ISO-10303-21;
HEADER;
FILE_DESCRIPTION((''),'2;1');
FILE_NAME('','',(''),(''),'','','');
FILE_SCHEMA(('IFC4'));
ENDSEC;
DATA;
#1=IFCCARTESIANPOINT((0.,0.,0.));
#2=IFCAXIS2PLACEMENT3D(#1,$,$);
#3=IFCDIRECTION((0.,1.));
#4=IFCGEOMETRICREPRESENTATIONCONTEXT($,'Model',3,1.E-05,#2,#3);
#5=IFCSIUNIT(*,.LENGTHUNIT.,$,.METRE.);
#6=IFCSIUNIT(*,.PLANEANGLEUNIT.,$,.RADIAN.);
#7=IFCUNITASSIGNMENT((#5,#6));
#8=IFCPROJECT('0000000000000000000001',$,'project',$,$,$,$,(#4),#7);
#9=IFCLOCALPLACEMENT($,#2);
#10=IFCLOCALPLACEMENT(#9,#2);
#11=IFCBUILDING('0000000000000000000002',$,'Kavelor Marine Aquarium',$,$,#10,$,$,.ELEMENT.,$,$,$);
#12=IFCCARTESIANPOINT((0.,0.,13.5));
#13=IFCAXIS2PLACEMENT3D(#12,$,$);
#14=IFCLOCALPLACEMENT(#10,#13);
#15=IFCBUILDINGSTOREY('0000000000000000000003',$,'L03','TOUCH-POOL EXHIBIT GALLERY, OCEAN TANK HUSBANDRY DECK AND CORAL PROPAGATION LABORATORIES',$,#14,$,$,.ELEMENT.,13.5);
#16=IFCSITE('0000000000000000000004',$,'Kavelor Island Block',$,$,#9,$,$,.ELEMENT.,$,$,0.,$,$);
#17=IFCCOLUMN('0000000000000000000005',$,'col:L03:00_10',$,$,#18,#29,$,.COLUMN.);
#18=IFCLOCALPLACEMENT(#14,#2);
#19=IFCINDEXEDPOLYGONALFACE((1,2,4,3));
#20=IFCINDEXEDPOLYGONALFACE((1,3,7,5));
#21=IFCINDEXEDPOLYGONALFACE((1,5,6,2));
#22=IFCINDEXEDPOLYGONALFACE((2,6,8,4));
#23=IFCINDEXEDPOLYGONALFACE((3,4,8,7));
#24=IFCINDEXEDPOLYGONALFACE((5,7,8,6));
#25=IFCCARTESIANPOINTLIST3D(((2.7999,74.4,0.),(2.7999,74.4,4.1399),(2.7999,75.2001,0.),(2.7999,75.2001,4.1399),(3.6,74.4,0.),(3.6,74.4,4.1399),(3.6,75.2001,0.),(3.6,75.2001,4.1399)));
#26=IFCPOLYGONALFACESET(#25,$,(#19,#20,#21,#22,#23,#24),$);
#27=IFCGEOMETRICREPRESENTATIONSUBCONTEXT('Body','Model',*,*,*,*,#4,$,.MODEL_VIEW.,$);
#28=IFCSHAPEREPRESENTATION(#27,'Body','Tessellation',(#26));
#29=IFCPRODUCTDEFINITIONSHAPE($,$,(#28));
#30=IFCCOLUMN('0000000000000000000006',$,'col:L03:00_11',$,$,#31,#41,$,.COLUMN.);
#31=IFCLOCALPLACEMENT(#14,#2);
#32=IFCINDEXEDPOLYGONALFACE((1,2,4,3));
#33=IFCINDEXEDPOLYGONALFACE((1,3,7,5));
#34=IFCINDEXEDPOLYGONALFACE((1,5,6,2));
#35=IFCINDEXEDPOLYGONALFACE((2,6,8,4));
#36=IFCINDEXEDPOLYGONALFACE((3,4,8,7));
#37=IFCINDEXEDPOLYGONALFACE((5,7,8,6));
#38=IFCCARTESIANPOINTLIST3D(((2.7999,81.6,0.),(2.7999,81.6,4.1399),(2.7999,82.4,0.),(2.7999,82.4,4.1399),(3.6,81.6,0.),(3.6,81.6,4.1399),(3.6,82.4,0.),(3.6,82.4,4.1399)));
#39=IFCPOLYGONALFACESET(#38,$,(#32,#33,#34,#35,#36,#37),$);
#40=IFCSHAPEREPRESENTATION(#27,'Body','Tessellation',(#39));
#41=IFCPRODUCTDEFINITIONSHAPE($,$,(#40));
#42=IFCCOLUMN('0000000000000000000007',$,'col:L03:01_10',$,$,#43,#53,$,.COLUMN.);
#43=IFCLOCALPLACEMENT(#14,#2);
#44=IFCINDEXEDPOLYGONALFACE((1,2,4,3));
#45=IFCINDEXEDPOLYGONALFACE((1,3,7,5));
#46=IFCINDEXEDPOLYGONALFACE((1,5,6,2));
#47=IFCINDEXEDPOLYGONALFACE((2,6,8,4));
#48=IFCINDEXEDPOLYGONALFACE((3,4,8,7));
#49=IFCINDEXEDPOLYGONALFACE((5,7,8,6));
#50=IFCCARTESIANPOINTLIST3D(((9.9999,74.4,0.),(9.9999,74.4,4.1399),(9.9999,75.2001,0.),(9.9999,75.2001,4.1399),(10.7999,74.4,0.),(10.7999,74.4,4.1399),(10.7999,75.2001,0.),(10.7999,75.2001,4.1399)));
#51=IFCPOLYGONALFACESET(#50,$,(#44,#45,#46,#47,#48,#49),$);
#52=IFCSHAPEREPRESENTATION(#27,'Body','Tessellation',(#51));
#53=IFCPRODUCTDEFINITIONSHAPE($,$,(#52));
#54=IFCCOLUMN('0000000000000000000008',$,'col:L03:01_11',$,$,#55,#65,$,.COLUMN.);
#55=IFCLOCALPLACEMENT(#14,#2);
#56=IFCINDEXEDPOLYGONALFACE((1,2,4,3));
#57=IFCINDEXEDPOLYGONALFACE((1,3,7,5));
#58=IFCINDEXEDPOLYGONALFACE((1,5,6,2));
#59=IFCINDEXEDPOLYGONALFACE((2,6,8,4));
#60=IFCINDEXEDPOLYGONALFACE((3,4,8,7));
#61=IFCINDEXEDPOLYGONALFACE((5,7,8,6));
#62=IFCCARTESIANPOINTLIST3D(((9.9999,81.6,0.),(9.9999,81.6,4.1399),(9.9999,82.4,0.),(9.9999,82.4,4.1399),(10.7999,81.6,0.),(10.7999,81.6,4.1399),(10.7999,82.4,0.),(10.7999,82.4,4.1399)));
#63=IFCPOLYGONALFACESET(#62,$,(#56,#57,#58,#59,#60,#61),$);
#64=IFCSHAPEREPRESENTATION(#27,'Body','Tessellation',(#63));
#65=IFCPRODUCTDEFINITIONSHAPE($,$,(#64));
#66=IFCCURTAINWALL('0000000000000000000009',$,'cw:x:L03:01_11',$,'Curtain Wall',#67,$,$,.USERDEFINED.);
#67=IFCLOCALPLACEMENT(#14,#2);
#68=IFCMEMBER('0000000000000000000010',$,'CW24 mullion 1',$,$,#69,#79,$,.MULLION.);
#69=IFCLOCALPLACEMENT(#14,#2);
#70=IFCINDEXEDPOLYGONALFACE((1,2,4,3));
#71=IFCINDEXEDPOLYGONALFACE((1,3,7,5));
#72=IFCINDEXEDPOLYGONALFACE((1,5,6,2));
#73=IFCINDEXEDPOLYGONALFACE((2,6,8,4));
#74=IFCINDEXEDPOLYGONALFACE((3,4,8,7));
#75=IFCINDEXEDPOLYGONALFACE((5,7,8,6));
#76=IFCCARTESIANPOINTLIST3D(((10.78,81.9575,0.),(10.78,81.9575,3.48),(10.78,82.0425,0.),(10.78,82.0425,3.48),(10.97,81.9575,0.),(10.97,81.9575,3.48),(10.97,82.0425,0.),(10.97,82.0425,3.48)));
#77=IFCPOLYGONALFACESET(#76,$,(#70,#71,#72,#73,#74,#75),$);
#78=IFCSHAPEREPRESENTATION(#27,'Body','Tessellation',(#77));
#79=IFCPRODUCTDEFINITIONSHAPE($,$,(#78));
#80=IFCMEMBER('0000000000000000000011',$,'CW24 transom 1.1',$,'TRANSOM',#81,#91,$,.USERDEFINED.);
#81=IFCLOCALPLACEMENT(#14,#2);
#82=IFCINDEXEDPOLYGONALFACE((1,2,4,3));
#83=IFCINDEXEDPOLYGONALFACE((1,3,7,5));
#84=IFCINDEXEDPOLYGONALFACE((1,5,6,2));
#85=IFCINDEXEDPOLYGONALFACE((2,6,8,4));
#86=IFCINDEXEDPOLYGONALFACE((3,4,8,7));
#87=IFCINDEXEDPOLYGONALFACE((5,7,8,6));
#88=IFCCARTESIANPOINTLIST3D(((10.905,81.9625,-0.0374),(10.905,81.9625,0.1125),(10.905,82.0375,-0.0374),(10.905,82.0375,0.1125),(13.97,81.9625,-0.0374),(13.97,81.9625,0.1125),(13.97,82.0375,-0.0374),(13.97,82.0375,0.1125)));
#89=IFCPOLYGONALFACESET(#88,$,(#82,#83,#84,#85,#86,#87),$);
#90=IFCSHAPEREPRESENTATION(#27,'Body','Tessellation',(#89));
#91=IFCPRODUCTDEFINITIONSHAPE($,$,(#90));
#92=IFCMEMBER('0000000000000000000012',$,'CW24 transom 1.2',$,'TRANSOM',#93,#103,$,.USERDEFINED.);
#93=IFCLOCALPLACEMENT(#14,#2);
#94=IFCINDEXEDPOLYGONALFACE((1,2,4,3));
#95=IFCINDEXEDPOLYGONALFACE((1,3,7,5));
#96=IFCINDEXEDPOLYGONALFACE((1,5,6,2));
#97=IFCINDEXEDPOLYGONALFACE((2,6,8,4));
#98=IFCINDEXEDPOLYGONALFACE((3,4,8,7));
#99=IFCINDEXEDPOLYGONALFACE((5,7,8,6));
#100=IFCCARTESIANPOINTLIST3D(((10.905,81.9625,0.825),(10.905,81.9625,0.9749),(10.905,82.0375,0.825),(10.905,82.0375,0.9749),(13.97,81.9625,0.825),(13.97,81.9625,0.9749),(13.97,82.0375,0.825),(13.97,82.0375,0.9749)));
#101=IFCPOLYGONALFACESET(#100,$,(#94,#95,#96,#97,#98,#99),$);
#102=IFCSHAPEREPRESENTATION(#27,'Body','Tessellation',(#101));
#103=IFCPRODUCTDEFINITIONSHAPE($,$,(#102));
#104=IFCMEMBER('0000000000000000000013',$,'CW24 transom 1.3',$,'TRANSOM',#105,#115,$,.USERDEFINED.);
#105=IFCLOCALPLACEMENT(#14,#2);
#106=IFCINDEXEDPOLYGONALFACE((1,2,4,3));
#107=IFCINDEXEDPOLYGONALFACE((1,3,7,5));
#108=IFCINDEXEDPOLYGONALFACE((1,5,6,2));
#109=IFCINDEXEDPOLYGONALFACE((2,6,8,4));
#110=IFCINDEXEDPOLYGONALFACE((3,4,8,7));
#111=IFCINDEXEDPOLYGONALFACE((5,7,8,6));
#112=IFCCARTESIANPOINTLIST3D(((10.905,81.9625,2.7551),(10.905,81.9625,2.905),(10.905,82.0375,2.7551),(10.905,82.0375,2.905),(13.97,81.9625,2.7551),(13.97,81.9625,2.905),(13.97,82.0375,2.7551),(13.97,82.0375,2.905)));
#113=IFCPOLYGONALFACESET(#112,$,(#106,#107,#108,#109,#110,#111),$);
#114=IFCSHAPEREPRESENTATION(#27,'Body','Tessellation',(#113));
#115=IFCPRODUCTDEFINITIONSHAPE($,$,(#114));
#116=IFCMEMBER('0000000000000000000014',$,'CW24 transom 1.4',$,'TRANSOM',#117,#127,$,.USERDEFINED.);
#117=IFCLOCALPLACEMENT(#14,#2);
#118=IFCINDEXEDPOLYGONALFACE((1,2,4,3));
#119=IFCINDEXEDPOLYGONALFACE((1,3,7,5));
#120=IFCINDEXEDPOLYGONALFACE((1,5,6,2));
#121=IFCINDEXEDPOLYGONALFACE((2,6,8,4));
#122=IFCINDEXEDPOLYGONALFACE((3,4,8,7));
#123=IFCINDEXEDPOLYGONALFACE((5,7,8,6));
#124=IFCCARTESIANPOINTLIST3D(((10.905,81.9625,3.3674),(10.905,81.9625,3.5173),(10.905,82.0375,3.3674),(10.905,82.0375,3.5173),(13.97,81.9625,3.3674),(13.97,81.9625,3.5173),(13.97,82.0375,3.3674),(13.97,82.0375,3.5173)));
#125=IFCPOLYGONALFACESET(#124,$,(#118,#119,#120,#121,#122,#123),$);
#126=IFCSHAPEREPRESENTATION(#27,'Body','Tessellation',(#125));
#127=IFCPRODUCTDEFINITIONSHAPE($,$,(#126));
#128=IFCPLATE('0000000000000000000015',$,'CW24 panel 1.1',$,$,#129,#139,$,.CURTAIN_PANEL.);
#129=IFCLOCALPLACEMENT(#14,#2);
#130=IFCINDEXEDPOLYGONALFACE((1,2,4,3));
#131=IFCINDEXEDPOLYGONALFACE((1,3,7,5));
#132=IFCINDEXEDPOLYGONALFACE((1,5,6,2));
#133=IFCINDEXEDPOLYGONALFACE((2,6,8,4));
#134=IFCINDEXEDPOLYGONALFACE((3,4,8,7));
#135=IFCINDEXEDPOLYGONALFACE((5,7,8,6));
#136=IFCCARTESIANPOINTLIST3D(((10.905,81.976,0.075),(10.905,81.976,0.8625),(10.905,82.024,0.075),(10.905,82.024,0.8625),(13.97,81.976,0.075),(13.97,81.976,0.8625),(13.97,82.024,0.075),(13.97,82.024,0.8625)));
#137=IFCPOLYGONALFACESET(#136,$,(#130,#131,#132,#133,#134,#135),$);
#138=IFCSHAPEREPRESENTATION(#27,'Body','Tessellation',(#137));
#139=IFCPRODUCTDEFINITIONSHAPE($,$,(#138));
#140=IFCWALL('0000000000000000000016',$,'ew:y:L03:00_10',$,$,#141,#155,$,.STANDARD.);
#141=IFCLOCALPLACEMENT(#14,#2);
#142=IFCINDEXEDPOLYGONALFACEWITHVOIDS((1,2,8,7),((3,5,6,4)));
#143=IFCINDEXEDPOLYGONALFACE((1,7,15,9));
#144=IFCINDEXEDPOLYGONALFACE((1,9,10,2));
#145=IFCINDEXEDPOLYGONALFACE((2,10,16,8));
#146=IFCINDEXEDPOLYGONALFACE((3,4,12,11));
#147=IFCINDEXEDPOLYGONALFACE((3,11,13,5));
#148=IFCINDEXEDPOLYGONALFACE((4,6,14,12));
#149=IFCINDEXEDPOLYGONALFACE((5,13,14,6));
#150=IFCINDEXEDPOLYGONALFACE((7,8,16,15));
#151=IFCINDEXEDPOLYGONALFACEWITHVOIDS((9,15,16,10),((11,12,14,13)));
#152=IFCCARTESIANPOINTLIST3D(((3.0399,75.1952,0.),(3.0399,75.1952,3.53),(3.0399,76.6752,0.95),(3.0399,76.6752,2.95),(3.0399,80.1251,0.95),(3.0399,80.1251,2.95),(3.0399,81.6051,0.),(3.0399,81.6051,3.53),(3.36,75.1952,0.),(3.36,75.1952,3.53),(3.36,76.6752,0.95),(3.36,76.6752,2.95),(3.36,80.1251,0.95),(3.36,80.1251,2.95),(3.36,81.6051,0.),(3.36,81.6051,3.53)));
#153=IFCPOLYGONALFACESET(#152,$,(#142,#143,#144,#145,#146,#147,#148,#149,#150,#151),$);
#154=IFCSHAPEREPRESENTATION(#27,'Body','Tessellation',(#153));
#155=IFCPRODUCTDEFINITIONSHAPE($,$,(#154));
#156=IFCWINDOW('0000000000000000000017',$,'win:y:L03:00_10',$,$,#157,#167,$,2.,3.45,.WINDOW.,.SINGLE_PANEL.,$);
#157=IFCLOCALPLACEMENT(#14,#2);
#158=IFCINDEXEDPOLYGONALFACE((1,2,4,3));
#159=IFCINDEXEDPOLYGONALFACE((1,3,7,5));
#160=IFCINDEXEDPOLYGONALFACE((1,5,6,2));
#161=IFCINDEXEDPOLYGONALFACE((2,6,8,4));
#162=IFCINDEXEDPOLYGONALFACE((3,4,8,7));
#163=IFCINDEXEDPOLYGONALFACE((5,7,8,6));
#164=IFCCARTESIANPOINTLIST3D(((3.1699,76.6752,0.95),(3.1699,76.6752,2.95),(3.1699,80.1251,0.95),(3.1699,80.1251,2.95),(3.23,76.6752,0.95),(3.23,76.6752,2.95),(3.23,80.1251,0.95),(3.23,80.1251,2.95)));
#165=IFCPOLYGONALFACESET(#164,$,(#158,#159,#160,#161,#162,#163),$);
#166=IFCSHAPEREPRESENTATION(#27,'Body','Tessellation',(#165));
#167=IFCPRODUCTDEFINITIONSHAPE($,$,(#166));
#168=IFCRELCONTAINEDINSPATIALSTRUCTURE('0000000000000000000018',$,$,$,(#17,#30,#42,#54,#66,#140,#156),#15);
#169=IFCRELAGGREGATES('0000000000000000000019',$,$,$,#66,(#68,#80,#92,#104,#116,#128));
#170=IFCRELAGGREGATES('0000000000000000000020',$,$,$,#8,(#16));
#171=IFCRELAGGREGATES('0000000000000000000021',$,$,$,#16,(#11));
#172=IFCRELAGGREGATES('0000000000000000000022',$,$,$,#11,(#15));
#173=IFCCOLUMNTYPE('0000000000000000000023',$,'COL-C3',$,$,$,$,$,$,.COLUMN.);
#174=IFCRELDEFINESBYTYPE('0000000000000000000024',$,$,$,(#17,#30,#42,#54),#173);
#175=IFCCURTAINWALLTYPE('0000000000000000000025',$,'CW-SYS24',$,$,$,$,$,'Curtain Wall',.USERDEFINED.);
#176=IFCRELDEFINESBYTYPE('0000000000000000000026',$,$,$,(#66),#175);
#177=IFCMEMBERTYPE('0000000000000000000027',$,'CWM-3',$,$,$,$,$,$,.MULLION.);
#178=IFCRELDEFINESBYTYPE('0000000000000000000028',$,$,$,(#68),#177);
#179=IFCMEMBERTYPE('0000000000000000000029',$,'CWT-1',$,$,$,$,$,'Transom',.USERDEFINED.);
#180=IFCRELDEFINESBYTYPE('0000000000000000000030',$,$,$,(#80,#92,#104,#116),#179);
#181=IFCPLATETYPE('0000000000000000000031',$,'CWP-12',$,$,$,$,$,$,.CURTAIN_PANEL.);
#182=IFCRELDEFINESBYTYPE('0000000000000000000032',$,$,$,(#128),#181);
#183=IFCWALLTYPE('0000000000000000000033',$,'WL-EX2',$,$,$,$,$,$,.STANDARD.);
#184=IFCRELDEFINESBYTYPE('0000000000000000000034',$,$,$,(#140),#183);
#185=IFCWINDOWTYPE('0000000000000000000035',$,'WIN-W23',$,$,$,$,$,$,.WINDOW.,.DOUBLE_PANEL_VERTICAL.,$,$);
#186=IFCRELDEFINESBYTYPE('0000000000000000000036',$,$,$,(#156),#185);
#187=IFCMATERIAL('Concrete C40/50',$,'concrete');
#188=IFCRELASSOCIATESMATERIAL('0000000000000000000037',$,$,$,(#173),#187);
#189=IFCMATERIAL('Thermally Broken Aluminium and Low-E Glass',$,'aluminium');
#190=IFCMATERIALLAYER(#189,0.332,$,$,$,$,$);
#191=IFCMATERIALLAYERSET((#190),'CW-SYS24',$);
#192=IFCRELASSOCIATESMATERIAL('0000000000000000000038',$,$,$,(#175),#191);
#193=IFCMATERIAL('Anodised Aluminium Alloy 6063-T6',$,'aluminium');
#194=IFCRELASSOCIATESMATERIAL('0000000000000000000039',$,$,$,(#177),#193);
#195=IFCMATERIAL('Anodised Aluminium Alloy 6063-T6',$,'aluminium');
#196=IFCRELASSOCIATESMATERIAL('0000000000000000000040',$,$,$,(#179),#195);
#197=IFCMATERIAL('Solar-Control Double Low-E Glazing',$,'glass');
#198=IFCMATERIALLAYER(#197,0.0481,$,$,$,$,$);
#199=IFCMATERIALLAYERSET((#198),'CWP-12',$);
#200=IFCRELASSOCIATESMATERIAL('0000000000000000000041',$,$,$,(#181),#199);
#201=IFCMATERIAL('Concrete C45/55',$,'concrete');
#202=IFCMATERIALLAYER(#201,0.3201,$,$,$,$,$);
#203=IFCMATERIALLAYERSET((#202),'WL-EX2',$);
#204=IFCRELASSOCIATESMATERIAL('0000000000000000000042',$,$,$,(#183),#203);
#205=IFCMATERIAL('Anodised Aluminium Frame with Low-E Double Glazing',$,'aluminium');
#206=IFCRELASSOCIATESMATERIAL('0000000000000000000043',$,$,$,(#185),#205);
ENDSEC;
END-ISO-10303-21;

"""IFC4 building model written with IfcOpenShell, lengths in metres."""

from ifc_helpers import new_model, si_unit, direction, frame, frame_2d, origin, origin_2d, place, context, subcontext, project, spatial, rectangle, extrude, material, layer, layer_set, material_profile, profile_set, type_object, element, fill, aggregate, save


model = new_model("IFC4")

# Units and contexts
model_context = context("Model", 3, precision=1e-05, world=origin(), true_north=direction((0.0, 1.0)))
body_context = subcontext(model_context, "Body", "Model", "MODEL_VIEW")
ifc_project = project(units=[si_unit("LENGTHUNIT", "METRE"), si_unit("PLANEANGLEUNIT", "RADIAN")], contexts=[model_context])

# Site, building, storey
site_placement = place(None, origin())
site = spatial("IfcSite", under=ifc_project, at=site_placement, Name="Kavelor Island Block", CompositionType="ELEMENT", RefElevation=0.0)
building_placement = place(site_placement, origin())
building = spatial("IfcBuilding", under=site, at=building_placement, Name="Kavelor Marine Aquarium", CompositionType="ELEMENT")
storey_placement = place(building_placement, frame((0.0, 0.0, 13.5)))
storey = spatial("IfcBuildingStorey", under=building, at=storey_placement, Name="L03", Description="TOUCH-POOL EXHIBIT GALLERY, OCEAN TANK HUSBANDRY DECK AND CORAL PROPAGATION LABORATORIES", CompositionType="ELEMENT", Elevation=13.5)

# Columns
ifc_material_1 = material(Name="Concrete C40/50", Category="concrete")
ifc_material_profile_1 = material_profile(ifc_material_1, rectangle(XDim=0.8, YDim=0.8, at=origin_2d()), Name="RC-COL 800x800")
ifc_profile_set_1 = profile_set([ifc_material_profile_1], Name="Concrete C40/50")
column_type = type_object("IfcColumnType", Name="COL-C3", PredefinedType="COLUMN", material=ifc_profile_set_1)
for number, where, z_axis, x_axis, name in (
    (1, (3.2, 74.8, 0.0), (0.0, 0.0, 1.0), (1.0, 0.0, 0.0), "col:L03:00_10"),
    (2, (3.2, 82.0, 0.0), (0.0, 0.0, 1.0), (1.0, 0.0, 0.0), "col:L03:00_11"),
    (3, (10.3999, 74.8, 0.0), (0.0, 0.0, 1.0), (1.0, 0.0, 0.0), "col:L03:01_10"),
    (4, (10.3999, 82.0, 0.0), (0.0, 0.0, 1.0), (1.0, 0.0, 0.0), "col:L03:01_11"),
):
    element("IfcColumn", number, at=place(storey_placement, frame(where, z_axis=z_axis, x_axis=x_axis)), inside=storey, type_object=column_type, Name=name, PredefinedType="COLUMN", context=body_context, shape_type="SweptSolid", body=[
        extrude(rectangle(XDim=0.8, YDim=0.8, at=origin_2d()), origin(), (0.0, 0.0, 1.0), 4.1399),
    ])

# Curtain wall, members, plate
ifc_material_2 = material(Name="Thermally Broken Aluminium and Low-E Glass", Category="aluminium")
ifc_layer_1 = layer(ifc_material_2, 0.332)
ifc_layer_set_1 = layer_set([ifc_layer_1], Name="CW-SYS24")
curtain_wall_type = type_object("IfcCurtainWallType", Name="CW-SYS24", ElementType="Curtain Wall", PredefinedType="USERDEFINED", material=ifc_layer_set_1)
curtain_wall_placement = place(storey_placement, origin())
curtain_wall = element("IfcCurtainWall", 5, at=curtain_wall_placement, inside=storey, type_object=curtain_wall_type, Name="cw:x:L03:01_11", ObjectType="Curtain Wall", PredefinedType="USERDEFINED")
ifc_material_3 = material(Name="Anodised Aluminium Alloy 6063-T6", Category="aluminium")
ifc_material_profile_2 = material_profile(ifc_material_3, rectangle(XDim=0.085, YDim=0.1899, at=origin_2d()), Name="CW-MUL 85x190")
ifc_profile_set_2 = profile_set([ifc_material_profile_2], Name="Anodised Aluminium Alloy 6063-T6")
member_type_1 = type_object("IfcMemberType", Name="CWM-3", PredefinedType="MULLION", material=ifc_profile_set_2)
member_1_placement = place(storey_placement, frame((10.875, 82.0, 0.0), z_axis=(0.0, 0.0, 1.0), x_axis=(0.0, 1.0, 0.0)))
member_1 = element("IfcMember", 6, at=member_1_placement, type_object=member_type_1, Name="CW24 mullion 1", PredefinedType="MULLION", context=body_context, shape_type="SweptSolid", body=[
    extrude(rectangle(XDim=0.085, YDim=0.1899, at=origin_2d()), origin(), (0.0, 0.0, 1.0), 3.48),
])
ifc_material_4 = material(Name="Anodised Aluminium Alloy 6063-T6", Category="aluminium")
ifc_material_profile_3 = material_profile(ifc_material_4, rectangle(XDim=0.075, YDim=0.1499, at=origin_2d()), Name="CW-TRN 75x150")
ifc_profile_set_3 = profile_set([ifc_material_profile_3], Name="Anodised Aluminium Alloy 6063-T6")
member_type_2 = type_object("IfcMemberType", Name="CWT-1", ElementType="Transom", PredefinedType="USERDEFINED", material=ifc_profile_set_3)
member_2_placement = place(storey_placement, frame((10.905, 82.0, 0.0376), z_axis=(1.0, 0.0, 0.0), x_axis=(0.0, 1.0, 0.0)))
member_2 = element("IfcMember", 7, at=member_2_placement, type_object=member_type_2, Name="CW24 transom 1.1", ObjectType="TRANSOM", PredefinedType="USERDEFINED", context=body_context, shape_type="SweptSolid", body=[
    extrude(rectangle(XDim=0.075, YDim=0.1499, at=origin_2d()), origin(), (0.0, 0.0, 1.0), 3.0649),
])
member_3_placement = place(storey_placement, frame((10.905, 82.0, 0.8999), z_axis=(1.0, 0.0, 0.0), x_axis=(0.0, 1.0, 0.0)))
member_3 = element("IfcMember", 8, at=member_3_placement, type_object=member_type_2, Name="CW24 transom 1.2", ObjectType="TRANSOM", PredefinedType="USERDEFINED", context=body_context, shape_type="SweptSolid", body=[
    extrude(rectangle(XDim=0.075, YDim=0.1499, at=origin_2d()), origin(), (0.0, 0.0, 1.0), 3.0649),
])
member_4_placement = place(storey_placement, frame((10.905, 82.0, 2.8301), z_axis=(1.0, 0.0, 0.0), x_axis=(0.0, 1.0, 0.0)))
member_4 = element("IfcMember", 9, at=member_4_placement, type_object=member_type_2, Name="CW24 transom 1.3", ObjectType="TRANSOM", PredefinedType="USERDEFINED", context=body_context, shape_type="SweptSolid", body=[
    extrude(rectangle(XDim=0.075, YDim=0.1499, at=origin_2d()), origin(), (0.0, 0.0, 1.0), 3.0649),
])
member_5_placement = place(storey_placement, frame((10.905, 82.0, 3.4424), z_axis=(1.0, 0.0, 0.0), x_axis=(0.0, 1.0, 0.0)))
member_5 = element("IfcMember", 10, at=member_5_placement, type_object=member_type_2, Name="CW24 transom 1.4", ObjectType="TRANSOM", PredefinedType="USERDEFINED", context=body_context, shape_type="SweptSolid", body=[
    extrude(rectangle(XDim=0.075, YDim=0.1499, at=origin_2d()), origin(), (0.0, 0.0, 1.0), 3.0649),
])
ifc_material_5 = material(Name="Solar-Control Double Low-E Glazing", Category="glass")
ifc_layer_2 = layer(ifc_material_5, 0.0481)
ifc_layer_set_2 = layer_set([ifc_layer_2], Name="CWP-12")
plate_type = type_object("IfcPlateType", Name="CWP-12", PredefinedType="CURTAIN_PANEL", material=ifc_layer_set_2)
plate_placement = place(storey_placement, frame((12.4375, 82.0, 0.075), z_axis=(0.0, 0.0, 1.0), x_axis=(1.0, 0.0, 0.0)))
plate = element("IfcPlate", 11, at=plate_placement, type_object=plate_type, Name="CW24 panel 1.1", PredefinedType="CURTAIN_PANEL", context=body_context, shape_type="SweptSolid", body=[
    extrude(rectangle(XDim=3.0649, YDim=0.0481, at=origin_2d()), origin(), (0.0, 0.0, 1.0), 0.7876),
])
aggregate(curtain_wall, [member_1, member_2, member_3, member_4, member_5, plate])

# Wall, opening, window
ifc_material_6 = material(Name="Concrete C45/55", Category="concrete")
ifc_layer_3 = layer(ifc_material_6, 0.3201)
ifc_layer_set_3 = layer_set([ifc_layer_3], Name="WL-EX2")
wall_type_1 = type_object("IfcWallType", Name="WL-EX2", PredefinedType="STANDARD", material=ifc_layer_set_3)
wall_1_placement = place(storey_placement, frame((3.2, 75.1951, 0.0), z_axis=(0.0, 0.0, 1.0), x_axis=(0.0, 1.0, 0.0)))
wall_1 = element("IfcWall", 12, at=wall_1_placement, inside=storey, type_object=wall_type_1, Name="ew:y:L03:00_10", PredefinedType="STANDARD", context=body_context, shape_type="SweptSolid", body=[
    extrude(rectangle(XDim=6.4099, YDim=0.3201, at=frame_2d((3.2051, 0.0))), origin(), (0.0, 0.0, 1.0), 3.53),
])
opening_1_placement = place(wall_1_placement, frame((1.48, 0.0, 0.95)))
opening_1 = element("IfcOpeningElement", 13, at=opening_1_placement, cuts=wall_1, PredefinedType="OPENING", context=body_context, shape_type="SweptSolid", body=[
    extrude(rectangle(XDim=3.45, YDim=2.0, at=frame_2d((1.7251, 1.0))), frame((0.0, 0.1699, 0.0), z_axis=(0.0, -1.0, 0.0), x_axis=(1.0, 0.0, 0.0)), (0.0, 0.0, 1.0), 0.3401),
])
ifc_material_7 = material(Name="Anodised Aluminium Frame with Low-E Double Glazing", Category="aluminium")
window_type_1 = type_object("IfcWindowType", Name="WIN-W23", PartitioningType="DOUBLE_PANEL_VERTICAL", PredefinedType="WINDOW", material=ifc_material_7)
window_1_placement = place(opening_1_placement, origin())
window_1 = element("IfcWindow", 14, at=window_1_placement, inside=storey, type_object=window_type_1, Name="win:y:L03:00_10", OverallHeight=2.0, OverallWidth=3.45, PartitioningType="SINGLE_PANEL", PredefinedType="WINDOW", context=body_context, shape_type="SweptSolid", body=[
    extrude(rectangle(XDim=3.45, YDim=2.0, at=frame_2d((1.7251, 1.0))), frame((0.0, 0.03, 0.0), z_axis=(0.0, -1.0, 0.0), x_axis=(1.0, 0.0, 0.0)), (0.0, 0.0, 1.0), 0.0601),
])
fill(opening_1, window_1)

save(model, "model.ifc")
